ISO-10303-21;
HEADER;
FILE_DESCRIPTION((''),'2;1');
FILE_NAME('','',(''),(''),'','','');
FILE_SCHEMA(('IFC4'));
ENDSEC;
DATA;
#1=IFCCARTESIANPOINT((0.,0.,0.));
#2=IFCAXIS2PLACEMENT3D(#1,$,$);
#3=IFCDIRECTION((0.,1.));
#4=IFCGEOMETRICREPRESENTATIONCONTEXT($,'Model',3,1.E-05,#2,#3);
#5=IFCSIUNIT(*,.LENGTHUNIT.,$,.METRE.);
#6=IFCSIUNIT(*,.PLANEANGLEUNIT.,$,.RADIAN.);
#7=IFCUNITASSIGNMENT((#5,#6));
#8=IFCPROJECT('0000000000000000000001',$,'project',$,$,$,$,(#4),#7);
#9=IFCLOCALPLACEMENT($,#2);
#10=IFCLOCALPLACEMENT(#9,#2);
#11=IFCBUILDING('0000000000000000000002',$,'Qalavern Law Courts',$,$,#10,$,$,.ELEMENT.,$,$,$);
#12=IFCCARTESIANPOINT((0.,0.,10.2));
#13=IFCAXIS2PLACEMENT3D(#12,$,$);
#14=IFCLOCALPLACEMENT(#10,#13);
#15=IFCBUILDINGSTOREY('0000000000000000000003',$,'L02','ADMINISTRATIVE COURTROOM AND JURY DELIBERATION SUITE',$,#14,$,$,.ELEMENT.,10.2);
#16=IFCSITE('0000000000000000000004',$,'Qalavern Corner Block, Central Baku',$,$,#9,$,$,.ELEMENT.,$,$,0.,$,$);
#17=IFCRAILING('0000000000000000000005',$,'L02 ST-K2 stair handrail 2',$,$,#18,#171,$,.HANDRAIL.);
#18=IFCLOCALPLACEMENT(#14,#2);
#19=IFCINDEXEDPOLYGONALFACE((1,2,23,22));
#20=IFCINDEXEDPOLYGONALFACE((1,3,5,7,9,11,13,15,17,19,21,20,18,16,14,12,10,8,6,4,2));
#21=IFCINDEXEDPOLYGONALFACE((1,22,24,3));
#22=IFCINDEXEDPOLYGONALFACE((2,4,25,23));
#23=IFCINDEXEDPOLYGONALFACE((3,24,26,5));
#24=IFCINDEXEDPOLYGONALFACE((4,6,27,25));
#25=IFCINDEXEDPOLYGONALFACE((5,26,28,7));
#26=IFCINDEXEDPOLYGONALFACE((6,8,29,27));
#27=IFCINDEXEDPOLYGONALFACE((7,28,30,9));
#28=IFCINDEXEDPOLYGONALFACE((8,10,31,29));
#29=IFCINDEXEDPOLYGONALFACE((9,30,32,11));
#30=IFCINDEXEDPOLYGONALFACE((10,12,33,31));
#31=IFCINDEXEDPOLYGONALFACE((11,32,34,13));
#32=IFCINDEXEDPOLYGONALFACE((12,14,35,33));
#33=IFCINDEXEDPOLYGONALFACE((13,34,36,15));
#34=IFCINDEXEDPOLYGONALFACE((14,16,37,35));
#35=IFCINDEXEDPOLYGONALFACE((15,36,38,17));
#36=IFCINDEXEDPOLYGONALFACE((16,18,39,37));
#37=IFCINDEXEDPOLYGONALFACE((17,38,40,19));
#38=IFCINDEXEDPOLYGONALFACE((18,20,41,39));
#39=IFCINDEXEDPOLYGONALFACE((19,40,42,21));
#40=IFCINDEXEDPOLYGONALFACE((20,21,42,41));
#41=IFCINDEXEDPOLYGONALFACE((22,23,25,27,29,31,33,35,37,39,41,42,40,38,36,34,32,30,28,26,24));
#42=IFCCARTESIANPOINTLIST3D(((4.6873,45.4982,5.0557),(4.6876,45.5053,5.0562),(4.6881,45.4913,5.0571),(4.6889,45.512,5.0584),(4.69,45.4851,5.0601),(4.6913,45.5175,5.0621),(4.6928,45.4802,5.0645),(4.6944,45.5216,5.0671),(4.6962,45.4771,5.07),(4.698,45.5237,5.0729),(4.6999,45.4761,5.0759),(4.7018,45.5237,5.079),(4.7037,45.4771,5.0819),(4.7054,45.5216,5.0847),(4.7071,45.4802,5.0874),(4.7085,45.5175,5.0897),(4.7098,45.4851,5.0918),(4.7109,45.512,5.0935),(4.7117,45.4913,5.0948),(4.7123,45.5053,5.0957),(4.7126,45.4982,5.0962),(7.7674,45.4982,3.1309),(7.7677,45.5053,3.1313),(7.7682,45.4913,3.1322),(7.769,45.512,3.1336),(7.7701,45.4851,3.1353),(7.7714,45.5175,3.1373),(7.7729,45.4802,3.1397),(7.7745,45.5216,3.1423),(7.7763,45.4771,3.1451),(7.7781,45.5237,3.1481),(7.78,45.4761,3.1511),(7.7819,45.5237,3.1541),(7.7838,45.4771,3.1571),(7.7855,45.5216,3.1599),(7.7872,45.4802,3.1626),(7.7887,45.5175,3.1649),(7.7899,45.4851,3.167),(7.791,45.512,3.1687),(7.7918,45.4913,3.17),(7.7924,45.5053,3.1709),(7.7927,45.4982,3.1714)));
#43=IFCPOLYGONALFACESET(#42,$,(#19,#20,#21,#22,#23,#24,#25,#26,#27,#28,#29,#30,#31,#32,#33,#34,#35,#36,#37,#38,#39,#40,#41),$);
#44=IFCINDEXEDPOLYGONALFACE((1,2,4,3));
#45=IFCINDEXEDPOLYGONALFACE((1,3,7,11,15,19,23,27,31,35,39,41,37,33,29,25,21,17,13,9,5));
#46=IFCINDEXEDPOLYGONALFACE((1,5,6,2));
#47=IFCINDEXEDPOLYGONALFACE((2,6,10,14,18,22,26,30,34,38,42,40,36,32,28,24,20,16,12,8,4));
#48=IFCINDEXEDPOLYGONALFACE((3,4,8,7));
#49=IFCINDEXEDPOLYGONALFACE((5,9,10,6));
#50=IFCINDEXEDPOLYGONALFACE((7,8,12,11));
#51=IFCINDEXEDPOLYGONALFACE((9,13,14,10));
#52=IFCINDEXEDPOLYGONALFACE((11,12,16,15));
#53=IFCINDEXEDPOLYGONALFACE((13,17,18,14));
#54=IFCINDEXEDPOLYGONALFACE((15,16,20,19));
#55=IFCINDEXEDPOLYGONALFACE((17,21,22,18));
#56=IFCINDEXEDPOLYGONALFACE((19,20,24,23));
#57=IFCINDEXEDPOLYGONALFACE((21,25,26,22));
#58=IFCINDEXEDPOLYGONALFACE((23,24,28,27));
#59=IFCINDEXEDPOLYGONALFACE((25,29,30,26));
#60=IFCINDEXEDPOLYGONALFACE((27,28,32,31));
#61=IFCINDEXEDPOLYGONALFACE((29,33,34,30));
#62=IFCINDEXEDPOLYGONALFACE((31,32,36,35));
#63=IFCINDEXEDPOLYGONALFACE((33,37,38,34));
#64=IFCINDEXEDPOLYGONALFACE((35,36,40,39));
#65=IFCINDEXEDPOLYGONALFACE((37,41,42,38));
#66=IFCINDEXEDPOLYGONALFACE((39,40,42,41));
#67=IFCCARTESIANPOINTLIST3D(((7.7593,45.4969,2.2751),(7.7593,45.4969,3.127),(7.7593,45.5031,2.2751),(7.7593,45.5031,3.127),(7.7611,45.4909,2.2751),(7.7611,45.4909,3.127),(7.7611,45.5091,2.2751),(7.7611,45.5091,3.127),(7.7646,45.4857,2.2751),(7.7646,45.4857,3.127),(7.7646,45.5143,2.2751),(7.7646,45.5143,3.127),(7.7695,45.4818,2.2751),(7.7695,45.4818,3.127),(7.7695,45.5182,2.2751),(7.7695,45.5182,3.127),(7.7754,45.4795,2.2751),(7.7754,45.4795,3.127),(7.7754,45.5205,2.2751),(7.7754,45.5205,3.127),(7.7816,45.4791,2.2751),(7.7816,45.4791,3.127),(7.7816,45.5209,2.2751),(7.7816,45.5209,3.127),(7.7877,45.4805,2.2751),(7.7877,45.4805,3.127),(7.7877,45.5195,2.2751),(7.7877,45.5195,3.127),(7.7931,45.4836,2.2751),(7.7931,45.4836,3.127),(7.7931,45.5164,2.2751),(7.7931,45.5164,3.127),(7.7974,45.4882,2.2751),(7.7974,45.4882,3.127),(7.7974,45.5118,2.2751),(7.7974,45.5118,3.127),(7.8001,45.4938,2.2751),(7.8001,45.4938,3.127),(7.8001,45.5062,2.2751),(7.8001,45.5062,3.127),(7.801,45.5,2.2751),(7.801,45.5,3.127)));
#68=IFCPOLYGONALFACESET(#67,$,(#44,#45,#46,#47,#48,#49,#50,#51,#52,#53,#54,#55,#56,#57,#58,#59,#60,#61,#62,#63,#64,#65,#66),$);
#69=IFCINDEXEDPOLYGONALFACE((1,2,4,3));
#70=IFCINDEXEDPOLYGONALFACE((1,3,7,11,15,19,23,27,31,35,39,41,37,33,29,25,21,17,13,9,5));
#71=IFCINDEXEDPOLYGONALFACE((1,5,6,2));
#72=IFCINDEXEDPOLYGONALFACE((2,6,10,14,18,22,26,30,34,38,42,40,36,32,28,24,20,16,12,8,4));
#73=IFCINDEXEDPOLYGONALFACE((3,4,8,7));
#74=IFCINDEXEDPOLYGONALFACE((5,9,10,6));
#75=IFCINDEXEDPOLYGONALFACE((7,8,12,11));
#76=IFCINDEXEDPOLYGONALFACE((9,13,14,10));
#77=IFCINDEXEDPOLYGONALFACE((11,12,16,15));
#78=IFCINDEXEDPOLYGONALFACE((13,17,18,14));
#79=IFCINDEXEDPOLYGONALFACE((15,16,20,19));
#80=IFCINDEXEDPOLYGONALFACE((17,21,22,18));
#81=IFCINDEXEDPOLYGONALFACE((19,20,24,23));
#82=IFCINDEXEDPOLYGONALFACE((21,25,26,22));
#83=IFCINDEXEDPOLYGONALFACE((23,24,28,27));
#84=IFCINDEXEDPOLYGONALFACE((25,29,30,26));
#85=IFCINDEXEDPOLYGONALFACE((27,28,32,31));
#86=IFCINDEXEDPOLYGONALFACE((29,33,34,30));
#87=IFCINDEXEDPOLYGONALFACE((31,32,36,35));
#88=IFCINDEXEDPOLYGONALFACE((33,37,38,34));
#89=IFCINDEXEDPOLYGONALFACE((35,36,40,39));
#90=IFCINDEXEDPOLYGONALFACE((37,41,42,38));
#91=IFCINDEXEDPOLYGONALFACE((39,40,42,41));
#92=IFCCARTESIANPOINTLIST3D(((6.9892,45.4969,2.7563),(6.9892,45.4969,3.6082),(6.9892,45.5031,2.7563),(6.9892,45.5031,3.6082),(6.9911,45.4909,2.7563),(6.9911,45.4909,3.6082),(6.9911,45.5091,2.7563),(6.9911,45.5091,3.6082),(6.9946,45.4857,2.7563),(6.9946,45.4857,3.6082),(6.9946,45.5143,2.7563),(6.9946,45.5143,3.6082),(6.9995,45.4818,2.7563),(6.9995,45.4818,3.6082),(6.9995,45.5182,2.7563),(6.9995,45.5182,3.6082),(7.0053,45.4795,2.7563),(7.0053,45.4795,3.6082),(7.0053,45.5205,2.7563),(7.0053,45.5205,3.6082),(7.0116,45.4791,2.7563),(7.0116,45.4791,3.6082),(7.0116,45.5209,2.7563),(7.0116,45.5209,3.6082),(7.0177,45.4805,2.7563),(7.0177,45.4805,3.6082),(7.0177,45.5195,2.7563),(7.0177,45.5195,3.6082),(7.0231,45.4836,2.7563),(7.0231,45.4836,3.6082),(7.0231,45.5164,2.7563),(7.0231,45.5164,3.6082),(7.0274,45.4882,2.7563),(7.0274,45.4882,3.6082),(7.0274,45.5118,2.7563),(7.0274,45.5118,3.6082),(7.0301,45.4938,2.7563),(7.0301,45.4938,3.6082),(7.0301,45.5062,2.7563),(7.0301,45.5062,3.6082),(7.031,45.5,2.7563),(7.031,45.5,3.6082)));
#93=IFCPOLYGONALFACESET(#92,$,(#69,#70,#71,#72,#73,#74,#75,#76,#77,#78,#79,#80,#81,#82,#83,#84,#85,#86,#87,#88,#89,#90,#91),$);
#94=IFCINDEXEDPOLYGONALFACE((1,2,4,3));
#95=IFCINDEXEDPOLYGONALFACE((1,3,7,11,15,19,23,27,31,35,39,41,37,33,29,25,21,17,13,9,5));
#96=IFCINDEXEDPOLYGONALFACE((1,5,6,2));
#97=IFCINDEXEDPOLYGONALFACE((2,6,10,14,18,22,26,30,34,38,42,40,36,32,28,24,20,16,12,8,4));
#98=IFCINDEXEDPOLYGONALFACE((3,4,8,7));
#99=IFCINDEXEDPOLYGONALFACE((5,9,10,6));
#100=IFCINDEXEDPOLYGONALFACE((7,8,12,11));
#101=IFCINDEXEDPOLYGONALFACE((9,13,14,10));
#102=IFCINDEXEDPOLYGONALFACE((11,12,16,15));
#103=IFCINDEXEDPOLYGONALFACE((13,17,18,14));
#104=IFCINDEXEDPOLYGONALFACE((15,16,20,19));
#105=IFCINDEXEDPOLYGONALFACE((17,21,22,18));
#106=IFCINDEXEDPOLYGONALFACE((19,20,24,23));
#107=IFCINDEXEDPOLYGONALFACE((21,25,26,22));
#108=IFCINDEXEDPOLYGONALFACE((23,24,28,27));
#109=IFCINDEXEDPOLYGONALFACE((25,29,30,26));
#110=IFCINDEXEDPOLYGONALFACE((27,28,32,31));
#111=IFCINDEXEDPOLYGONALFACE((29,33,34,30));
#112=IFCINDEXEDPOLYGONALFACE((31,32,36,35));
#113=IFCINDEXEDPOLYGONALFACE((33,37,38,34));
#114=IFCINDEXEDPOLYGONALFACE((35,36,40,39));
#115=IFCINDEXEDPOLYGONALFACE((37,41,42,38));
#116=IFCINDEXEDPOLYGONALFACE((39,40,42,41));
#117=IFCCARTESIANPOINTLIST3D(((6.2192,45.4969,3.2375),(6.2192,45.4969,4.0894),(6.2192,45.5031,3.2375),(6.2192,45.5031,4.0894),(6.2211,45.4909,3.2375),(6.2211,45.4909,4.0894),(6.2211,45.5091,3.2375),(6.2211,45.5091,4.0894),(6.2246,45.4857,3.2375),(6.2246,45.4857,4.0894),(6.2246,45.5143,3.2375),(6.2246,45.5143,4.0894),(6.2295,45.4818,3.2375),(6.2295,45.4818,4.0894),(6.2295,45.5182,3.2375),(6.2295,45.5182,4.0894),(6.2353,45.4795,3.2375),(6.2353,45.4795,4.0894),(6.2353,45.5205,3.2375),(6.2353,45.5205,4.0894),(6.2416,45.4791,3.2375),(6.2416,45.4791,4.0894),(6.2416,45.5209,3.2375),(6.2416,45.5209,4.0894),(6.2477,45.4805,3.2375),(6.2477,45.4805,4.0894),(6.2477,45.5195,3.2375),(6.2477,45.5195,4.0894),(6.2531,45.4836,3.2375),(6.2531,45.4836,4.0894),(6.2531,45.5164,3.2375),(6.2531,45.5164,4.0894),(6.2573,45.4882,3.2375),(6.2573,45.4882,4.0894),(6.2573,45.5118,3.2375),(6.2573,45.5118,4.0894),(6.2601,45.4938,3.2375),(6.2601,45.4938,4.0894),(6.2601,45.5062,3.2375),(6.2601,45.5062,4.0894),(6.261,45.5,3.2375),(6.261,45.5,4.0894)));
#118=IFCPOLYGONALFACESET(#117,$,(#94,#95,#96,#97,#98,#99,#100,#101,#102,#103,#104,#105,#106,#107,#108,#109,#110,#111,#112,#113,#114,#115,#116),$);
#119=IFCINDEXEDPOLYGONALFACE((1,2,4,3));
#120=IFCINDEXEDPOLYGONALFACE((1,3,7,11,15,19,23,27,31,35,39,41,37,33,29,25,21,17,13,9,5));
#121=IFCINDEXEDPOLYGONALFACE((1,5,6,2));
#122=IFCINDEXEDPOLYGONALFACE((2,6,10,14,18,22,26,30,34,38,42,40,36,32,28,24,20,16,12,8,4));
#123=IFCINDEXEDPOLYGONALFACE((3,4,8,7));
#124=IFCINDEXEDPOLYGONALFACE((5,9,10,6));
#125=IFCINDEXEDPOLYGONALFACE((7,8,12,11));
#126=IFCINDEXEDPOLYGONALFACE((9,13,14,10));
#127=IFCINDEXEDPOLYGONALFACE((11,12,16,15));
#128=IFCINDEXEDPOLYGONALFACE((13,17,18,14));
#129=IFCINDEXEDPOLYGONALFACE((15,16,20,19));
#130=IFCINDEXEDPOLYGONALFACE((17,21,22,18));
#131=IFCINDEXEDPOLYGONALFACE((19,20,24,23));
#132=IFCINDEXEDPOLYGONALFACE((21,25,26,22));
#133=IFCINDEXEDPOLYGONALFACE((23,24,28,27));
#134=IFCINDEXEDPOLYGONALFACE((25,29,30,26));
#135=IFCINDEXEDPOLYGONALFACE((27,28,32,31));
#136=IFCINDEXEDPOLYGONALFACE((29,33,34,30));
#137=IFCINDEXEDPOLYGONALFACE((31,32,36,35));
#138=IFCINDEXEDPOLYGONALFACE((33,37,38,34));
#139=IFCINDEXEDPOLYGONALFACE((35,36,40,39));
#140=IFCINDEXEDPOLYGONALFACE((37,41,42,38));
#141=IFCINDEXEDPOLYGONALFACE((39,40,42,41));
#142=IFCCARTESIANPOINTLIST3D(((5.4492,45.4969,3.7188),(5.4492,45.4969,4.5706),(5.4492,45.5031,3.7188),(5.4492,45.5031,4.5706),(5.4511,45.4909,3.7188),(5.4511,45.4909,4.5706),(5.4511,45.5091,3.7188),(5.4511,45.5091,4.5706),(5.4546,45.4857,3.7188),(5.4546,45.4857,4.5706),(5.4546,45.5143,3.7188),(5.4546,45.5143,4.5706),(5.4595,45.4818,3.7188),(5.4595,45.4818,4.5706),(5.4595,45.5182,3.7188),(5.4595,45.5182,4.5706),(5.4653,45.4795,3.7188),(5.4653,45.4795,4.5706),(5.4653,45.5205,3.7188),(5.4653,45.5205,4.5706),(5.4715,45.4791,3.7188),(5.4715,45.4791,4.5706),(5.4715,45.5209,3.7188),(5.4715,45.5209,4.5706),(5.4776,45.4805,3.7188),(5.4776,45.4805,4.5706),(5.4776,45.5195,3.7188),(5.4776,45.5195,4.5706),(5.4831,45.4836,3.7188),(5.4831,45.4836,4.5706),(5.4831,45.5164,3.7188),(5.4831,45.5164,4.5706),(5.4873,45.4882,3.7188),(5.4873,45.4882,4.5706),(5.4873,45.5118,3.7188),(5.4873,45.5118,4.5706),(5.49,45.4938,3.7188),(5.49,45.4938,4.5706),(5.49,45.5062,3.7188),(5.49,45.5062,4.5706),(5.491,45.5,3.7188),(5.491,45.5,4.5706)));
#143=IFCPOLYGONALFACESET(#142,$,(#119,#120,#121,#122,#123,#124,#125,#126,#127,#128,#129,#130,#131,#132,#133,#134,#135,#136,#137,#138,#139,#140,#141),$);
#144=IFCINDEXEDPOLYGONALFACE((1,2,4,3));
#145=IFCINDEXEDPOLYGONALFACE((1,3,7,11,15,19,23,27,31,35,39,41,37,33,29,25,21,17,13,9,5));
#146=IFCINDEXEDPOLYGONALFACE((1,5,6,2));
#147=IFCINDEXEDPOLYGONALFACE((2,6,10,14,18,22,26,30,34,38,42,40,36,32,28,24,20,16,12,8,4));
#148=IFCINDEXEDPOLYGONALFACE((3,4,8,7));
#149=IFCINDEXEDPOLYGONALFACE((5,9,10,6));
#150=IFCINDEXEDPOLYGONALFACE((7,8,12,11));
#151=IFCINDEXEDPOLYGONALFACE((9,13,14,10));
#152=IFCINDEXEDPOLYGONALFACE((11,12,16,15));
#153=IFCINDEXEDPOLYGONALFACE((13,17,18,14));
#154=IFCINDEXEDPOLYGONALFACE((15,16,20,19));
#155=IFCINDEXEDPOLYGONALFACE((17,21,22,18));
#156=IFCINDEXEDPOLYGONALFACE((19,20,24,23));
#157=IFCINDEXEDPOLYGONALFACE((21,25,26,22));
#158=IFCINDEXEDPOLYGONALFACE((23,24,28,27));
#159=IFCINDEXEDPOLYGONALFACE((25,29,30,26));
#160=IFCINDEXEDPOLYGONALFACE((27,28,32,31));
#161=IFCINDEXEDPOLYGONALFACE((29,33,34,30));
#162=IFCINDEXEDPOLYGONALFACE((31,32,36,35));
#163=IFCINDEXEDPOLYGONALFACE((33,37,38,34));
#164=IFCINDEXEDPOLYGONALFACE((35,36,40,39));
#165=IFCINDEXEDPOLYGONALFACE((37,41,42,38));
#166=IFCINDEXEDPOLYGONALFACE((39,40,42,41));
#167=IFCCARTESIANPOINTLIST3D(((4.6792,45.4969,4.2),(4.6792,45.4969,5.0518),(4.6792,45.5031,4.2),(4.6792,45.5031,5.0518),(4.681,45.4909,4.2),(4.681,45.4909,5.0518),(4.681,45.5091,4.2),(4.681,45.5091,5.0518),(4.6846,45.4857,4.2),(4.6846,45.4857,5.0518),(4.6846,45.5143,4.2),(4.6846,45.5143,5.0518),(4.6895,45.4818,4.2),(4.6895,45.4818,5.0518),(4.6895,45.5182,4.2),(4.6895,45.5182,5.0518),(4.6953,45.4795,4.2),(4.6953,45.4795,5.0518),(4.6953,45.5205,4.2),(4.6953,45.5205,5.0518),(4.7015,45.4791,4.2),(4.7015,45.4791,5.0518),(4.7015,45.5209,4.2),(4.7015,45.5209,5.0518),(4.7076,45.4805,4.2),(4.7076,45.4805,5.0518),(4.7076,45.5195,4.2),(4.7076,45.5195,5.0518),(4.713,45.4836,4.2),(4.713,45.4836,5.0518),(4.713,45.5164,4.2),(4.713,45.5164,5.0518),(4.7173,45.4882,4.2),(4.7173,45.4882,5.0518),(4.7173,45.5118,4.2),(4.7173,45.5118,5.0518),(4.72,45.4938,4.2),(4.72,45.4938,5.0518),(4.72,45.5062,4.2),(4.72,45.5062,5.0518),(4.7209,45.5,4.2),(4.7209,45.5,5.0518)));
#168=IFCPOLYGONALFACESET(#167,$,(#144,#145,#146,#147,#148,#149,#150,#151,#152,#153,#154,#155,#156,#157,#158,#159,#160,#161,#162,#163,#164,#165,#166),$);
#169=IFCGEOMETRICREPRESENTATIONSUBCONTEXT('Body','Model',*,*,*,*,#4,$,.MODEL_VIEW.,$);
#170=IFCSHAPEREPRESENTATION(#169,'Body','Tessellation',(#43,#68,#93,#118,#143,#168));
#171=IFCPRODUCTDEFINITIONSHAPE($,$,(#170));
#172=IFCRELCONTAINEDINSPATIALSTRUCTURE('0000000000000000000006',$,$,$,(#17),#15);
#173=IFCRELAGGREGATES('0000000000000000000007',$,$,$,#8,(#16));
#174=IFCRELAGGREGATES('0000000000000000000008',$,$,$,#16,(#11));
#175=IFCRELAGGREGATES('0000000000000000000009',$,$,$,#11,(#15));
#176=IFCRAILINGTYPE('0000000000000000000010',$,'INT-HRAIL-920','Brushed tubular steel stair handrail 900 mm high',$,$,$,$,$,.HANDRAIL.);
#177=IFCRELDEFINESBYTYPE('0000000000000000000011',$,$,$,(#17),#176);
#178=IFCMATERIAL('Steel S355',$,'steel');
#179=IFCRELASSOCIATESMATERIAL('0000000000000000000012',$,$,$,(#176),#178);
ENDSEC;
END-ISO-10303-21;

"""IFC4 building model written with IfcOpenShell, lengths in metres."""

from ifc_helpers import new_model, si_unit, direction, frame, origin, origin_2d, place, context, subcontext, project, spatial, circle, extrude, material, type_object, element, save


model = new_model("IFC4")

# Units and contexts
model_context = context("Model", 3, precision=1e-05, world=origin(), true_north=direction((0.0, 1.0)))
body_context = subcontext(model_context, "Body", "Model", "MODEL_VIEW")
ifc_project = project(units=[si_unit("LENGTHUNIT", "METRE"), si_unit("PLANEANGLEUNIT", "RADIAN")], contexts=[model_context])

# Site, building, storey
site_placement = place(None, origin())
site = spatial("IfcSite", under=ifc_project, at=site_placement, Name="Qalavern Corner Block, Central Baku", CompositionType="ELEMENT", RefElevation=0.0)
building_placement = place(site_placement, origin())
building = spatial("IfcBuilding", under=site, at=building_placement, Name="Qalavern Law Courts", CompositionType="ELEMENT")
storey_placement = place(building_placement, frame((0.0, 0.0, 10.2)))
storey = spatial("IfcBuildingStorey", under=building, at=storey_placement, Name="L02", Description="ADMINISTRATIVE COURTROOM AND JURY DELIBERATION SUITE", CompositionType="ELEMENT", Elevation=10.2)

# Railing
ifc_material_1 = material(Name="Steel S355", Category="steel")
railing_type_1 = type_object("IfcRailingType", Name="INT-HRAIL-920", Description="Brushed tubular steel stair handrail 900 mm high", PredefinedType="HANDRAIL", material=ifc_material_1)
railing_1_placement = place(storey_placement, frame((7.78, 45.5, 2.2751)))
element("IfcRailing", 1, at=railing_1_placement, inside=storey, type_object=railing_type_1, Name="L02 ST-K2 stair handrail 2", PredefinedType="HANDRAIL", context=body_context, shape_type="SweptSolid", body=[
    extrude(circle(Radius=0.0239, at=origin_2d()), frame((0.0, 0.0, 0.876), z_axis=(-0.848029, 0.0, 0.529951), x_axis=(0.0, -1.0, 0.0)), (0.0, 0.0, 1.0), 3.6321),
    extrude(circle(Radius=0.021, at=origin_2d()), origin(), (0.0, 0.0, 1.0), 0.8518),
    extrude(circle(Radius=0.021, at=origin_2d()), frame((-0.77, 0.0, 0.4812)), (0.0, 0.0, 1.0), 0.8518),
    extrude(circle(Radius=0.021, at=origin_2d()), frame((-1.54, 0.0, 0.9624)), (0.0, 0.0, 1.0), 0.8518),
    extrude(circle(Radius=0.021, at=origin_2d()), frame((-2.3101, 0.0, 1.4436)), (0.0, 0.0, 1.0), 0.8518),
    extrude(circle(Radius=0.021, at=origin_2d()), frame((-3.0801, 0.0, 1.9248)), (0.0, 0.0, 1.0), 0.8518),
])

save(model, "model.ifc")
